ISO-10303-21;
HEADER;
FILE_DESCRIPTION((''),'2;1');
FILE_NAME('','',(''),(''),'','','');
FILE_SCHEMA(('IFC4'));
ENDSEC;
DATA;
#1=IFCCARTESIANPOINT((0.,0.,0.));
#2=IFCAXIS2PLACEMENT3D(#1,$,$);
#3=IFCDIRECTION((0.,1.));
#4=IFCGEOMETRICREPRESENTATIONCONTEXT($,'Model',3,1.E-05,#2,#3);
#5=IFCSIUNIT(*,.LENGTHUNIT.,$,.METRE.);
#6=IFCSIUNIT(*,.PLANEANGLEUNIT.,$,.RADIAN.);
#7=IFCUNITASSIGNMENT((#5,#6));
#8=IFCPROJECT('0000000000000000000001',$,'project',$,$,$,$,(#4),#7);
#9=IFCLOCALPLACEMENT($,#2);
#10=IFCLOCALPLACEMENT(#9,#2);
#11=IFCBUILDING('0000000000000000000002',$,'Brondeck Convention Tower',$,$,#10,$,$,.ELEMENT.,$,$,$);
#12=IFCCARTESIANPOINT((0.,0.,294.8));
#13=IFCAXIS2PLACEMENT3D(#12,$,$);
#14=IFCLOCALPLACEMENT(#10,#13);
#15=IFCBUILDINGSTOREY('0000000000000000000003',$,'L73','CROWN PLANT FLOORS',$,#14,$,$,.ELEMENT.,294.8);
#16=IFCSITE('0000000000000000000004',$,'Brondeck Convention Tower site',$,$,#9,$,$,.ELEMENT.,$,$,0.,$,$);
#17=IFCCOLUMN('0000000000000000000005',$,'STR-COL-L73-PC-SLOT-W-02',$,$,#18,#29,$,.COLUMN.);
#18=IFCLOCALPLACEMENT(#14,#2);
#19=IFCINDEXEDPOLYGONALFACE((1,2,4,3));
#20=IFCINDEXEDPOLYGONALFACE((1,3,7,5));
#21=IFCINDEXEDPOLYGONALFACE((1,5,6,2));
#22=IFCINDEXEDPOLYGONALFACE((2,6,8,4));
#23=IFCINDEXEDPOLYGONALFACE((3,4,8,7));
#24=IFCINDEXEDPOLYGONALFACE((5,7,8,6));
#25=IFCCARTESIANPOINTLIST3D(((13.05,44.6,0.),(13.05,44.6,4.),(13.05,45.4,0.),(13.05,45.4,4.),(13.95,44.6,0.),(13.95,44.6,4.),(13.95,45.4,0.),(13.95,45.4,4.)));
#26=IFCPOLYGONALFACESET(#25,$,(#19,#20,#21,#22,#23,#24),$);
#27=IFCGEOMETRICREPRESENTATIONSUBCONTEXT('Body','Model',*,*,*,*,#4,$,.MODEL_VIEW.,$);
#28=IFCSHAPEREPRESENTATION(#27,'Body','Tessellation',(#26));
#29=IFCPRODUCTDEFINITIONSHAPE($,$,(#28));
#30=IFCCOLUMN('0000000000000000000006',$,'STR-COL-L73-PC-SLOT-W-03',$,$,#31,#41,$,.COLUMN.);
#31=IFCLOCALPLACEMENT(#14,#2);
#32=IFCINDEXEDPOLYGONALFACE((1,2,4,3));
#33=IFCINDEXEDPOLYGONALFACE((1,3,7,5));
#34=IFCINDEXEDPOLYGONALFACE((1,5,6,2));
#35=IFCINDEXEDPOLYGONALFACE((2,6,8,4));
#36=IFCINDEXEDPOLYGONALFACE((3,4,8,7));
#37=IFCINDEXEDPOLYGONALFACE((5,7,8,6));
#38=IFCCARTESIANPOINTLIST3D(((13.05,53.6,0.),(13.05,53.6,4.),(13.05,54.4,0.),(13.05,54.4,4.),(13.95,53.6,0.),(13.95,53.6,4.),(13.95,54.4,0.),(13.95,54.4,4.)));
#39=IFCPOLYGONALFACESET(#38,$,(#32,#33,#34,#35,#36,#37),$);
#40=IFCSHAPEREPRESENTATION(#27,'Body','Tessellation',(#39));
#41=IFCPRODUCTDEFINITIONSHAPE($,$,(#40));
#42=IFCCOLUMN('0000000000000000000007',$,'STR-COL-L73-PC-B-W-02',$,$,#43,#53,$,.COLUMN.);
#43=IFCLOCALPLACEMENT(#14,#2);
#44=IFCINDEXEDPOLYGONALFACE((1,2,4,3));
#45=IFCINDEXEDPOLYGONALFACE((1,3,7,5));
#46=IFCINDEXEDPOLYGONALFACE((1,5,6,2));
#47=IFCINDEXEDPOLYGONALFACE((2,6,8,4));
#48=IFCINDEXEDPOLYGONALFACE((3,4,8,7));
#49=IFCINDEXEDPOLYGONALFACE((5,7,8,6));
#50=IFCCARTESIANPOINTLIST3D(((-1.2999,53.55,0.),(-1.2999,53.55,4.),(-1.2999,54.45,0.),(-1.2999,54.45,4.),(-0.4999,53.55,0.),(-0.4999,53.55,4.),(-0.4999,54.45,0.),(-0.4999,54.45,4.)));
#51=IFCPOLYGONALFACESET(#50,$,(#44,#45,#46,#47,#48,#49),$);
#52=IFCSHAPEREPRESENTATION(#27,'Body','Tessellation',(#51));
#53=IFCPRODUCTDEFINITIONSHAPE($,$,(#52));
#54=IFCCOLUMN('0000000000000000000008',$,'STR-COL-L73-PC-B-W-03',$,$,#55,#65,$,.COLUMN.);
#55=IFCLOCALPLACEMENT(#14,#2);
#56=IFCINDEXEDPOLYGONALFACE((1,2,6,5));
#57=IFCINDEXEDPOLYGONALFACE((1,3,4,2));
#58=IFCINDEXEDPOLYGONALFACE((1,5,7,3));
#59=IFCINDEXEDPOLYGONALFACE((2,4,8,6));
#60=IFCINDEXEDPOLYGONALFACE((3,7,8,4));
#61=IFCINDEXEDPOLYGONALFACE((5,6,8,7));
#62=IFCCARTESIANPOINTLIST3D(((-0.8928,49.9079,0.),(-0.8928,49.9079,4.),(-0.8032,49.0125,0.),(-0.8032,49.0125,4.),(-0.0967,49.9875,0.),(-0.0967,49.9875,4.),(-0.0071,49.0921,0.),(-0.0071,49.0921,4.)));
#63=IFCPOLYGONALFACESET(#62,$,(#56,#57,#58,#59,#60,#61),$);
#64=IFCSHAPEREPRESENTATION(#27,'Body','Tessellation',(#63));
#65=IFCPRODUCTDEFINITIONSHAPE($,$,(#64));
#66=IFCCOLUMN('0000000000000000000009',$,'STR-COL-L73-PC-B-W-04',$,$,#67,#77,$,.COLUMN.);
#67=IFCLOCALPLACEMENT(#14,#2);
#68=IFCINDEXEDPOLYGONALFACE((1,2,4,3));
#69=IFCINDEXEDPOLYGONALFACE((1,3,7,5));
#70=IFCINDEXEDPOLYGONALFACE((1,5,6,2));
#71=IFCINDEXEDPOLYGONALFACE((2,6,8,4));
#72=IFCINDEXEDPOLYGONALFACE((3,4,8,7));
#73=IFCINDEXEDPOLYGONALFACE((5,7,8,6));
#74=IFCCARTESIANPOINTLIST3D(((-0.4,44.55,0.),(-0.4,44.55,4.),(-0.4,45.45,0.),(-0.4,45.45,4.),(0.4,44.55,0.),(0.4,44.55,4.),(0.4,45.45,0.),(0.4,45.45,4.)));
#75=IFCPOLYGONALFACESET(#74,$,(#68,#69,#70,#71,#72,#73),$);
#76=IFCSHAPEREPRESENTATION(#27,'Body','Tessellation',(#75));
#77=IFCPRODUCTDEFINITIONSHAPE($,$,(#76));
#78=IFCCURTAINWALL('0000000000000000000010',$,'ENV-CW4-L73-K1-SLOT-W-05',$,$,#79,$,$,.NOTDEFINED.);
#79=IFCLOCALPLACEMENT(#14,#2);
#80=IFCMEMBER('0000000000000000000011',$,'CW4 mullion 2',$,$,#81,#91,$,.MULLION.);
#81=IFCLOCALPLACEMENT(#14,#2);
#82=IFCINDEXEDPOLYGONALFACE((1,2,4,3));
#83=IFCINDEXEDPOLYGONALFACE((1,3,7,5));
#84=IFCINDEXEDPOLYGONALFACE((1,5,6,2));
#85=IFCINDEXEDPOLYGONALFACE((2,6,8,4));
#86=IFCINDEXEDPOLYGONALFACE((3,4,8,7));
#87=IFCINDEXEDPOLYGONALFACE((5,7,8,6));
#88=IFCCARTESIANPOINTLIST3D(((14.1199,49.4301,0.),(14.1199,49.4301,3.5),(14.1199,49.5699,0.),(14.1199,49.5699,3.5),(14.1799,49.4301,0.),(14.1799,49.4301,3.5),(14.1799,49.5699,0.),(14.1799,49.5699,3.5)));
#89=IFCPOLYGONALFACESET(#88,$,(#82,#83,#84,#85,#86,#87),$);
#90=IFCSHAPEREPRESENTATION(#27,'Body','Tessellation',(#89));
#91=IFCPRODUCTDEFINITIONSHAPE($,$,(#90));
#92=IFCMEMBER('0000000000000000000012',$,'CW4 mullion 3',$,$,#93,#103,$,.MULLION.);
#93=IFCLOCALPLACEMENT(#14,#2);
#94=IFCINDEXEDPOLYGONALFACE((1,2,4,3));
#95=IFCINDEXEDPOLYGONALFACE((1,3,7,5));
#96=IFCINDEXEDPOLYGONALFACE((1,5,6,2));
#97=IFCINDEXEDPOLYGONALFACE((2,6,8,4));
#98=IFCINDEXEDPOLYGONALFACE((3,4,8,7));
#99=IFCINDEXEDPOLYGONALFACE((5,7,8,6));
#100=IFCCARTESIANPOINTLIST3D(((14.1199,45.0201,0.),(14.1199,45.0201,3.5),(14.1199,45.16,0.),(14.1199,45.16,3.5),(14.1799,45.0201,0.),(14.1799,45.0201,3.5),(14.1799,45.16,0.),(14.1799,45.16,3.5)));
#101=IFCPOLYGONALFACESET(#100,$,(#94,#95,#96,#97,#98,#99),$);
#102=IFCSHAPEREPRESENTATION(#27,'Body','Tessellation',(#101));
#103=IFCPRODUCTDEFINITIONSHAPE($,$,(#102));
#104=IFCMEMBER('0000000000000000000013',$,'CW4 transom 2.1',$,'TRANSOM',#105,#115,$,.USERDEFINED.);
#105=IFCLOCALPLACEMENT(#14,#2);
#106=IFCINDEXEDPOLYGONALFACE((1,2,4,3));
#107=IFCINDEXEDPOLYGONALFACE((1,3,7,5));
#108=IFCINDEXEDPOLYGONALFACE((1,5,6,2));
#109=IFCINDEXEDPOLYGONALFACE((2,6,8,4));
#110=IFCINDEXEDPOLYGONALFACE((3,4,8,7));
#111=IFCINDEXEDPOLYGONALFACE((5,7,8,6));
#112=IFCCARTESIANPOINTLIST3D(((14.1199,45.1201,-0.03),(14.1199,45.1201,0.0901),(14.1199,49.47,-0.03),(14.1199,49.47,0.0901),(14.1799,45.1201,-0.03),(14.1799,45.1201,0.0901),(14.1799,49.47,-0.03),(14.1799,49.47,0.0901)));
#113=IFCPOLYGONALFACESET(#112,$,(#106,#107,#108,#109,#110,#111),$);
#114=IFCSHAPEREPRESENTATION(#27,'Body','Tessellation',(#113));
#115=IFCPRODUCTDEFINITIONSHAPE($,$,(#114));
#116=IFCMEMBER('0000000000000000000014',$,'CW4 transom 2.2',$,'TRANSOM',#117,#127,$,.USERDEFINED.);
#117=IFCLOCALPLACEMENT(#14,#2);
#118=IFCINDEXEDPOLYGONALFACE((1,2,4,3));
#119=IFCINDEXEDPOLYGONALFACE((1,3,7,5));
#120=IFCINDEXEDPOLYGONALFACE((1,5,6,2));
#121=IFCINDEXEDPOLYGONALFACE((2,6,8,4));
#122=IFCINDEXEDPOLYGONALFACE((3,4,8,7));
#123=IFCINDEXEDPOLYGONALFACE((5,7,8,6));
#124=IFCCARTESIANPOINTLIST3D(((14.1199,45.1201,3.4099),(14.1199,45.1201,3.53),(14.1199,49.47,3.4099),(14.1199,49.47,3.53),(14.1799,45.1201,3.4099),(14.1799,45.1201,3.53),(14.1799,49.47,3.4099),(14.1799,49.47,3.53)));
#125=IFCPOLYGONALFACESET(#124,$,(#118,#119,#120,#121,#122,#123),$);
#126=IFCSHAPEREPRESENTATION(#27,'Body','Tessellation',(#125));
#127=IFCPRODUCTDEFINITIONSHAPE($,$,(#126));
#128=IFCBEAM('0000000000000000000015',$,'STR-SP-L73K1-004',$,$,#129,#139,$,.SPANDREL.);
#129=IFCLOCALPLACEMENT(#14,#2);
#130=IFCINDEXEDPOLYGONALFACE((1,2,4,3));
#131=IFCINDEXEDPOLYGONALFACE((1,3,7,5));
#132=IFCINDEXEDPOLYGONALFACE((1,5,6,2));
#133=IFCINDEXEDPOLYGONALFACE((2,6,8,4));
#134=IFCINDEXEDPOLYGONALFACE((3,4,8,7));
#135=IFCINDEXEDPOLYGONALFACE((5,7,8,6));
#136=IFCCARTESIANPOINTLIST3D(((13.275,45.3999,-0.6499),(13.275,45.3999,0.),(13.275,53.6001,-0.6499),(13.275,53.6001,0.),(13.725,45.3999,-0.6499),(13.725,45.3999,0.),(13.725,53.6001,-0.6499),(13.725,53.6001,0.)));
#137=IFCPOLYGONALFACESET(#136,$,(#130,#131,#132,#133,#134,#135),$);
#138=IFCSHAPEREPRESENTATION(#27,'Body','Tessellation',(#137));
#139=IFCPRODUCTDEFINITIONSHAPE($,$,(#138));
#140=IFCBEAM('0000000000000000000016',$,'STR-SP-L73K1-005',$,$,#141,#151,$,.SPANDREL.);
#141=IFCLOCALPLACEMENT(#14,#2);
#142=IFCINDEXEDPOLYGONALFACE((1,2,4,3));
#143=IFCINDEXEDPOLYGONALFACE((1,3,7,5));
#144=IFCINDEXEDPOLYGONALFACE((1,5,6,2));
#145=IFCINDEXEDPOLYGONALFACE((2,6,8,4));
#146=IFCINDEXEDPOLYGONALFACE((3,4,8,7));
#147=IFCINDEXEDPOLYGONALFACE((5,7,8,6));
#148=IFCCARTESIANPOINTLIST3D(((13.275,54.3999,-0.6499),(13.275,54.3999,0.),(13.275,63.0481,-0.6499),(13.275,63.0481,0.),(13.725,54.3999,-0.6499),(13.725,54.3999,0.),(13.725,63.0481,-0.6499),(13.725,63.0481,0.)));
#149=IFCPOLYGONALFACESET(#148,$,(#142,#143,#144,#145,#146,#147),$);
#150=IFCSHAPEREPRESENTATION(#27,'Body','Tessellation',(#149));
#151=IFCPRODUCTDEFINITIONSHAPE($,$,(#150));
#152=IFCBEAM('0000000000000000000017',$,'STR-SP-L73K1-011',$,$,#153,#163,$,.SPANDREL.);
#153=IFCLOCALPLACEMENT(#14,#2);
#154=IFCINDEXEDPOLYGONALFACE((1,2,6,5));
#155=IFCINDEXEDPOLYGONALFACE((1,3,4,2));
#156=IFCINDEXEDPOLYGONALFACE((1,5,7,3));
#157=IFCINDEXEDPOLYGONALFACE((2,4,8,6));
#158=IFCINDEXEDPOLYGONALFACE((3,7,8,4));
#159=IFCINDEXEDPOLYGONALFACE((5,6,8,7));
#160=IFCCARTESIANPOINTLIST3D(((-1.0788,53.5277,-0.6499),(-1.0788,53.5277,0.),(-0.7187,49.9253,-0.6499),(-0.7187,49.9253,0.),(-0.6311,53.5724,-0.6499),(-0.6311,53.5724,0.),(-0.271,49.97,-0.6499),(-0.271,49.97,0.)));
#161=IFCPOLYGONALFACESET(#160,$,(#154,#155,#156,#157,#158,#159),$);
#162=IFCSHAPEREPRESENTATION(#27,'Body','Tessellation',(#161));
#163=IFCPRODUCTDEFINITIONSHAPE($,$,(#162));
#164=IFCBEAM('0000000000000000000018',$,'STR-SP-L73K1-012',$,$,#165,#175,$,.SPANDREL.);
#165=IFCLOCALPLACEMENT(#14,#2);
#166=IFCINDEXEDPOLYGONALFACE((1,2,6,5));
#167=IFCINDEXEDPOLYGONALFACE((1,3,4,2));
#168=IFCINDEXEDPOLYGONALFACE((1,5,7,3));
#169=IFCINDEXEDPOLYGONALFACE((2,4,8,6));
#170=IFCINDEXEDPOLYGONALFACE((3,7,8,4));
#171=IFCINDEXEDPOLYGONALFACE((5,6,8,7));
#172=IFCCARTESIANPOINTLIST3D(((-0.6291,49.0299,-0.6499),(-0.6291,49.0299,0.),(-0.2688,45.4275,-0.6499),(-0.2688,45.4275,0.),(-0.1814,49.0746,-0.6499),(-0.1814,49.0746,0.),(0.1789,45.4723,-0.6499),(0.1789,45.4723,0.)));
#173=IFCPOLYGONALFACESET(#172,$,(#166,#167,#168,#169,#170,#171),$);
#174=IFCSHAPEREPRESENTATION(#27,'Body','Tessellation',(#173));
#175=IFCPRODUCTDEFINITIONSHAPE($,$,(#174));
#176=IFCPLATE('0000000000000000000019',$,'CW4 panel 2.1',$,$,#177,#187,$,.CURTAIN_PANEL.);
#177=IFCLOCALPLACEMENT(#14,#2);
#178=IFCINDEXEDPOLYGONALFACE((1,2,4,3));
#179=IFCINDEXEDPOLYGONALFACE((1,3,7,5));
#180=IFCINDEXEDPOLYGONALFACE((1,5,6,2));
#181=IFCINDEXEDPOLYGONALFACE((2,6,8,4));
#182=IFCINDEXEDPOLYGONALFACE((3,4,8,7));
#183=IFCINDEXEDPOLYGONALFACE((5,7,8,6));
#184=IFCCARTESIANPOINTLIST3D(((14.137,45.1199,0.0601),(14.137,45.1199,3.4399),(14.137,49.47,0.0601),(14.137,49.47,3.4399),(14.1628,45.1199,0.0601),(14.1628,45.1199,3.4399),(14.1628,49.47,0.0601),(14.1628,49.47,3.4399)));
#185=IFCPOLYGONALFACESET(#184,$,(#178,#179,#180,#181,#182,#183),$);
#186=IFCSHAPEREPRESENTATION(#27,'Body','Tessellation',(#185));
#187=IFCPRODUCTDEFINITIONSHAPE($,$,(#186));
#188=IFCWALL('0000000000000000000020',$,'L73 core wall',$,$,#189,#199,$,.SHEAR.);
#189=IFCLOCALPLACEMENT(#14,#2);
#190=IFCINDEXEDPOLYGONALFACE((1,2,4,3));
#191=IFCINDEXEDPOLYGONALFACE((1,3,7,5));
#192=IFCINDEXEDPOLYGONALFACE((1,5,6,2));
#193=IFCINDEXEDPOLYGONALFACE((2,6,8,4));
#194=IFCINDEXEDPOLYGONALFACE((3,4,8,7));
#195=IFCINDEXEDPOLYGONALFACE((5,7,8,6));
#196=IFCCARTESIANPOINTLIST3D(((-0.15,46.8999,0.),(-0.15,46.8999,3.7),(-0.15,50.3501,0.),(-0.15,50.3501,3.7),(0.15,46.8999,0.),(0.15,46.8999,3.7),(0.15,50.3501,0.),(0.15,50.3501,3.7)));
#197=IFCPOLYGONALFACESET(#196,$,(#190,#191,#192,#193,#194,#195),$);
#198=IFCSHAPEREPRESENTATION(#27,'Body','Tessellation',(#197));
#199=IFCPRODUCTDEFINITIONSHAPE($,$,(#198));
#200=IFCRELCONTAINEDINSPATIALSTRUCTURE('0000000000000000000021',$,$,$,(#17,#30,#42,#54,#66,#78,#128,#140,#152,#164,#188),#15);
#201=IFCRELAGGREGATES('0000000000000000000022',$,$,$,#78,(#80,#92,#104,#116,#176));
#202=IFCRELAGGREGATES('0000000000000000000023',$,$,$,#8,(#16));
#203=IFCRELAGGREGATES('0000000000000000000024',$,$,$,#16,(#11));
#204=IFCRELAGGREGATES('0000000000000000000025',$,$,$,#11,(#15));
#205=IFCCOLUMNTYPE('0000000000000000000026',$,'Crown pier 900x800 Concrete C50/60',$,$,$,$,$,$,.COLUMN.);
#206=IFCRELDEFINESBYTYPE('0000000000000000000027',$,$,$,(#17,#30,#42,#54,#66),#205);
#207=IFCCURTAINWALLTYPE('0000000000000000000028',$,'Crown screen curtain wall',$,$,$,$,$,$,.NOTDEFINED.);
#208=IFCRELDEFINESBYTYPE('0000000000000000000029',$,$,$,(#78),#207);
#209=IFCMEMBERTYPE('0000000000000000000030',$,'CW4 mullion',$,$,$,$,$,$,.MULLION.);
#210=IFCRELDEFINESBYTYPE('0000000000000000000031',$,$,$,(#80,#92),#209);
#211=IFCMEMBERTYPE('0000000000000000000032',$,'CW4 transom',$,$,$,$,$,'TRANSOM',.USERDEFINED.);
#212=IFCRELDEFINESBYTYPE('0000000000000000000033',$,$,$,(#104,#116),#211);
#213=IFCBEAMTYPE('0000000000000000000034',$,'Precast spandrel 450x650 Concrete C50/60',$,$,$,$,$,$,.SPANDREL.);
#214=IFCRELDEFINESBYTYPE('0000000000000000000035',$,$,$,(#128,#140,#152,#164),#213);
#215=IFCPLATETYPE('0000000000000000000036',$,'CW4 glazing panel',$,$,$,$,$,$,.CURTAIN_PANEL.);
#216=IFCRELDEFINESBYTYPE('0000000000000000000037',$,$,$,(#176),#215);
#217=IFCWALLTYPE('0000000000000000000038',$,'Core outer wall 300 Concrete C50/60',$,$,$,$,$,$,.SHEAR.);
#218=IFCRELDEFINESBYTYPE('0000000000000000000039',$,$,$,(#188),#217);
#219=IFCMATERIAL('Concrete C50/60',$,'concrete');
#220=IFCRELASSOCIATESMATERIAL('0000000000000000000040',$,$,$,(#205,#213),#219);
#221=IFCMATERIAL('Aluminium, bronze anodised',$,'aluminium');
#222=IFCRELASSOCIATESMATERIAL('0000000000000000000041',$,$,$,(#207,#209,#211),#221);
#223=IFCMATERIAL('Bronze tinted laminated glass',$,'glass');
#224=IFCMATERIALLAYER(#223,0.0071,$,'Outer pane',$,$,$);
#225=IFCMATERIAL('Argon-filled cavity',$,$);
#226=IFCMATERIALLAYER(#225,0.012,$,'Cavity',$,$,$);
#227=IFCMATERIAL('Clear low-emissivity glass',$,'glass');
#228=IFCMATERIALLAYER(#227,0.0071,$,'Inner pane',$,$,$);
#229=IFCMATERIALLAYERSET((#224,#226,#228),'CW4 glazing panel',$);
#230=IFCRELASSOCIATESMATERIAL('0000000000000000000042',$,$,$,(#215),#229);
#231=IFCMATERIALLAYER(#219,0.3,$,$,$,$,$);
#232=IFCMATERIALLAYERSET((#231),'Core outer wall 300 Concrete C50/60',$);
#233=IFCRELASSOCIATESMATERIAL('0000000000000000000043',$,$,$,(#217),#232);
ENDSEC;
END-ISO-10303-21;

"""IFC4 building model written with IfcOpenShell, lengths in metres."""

from ifc_helpers import new_model, si_unit, direction, frame, frame_2d, origin, origin_2d, place, context, subcontext, project, spatial, rectangle, extrude, material, layer, layer_set, material_profile, profile_set, type_object, element, aggregate, save


model = new_model("IFC4")

# Units and contexts
model_context = context("Model", 3, precision=1e-05, world=origin(), true_north=direction((0.0, 1.0)))
body_context = subcontext(model_context, "Body", "Model", "MODEL_VIEW")
ifc_project = project(units=[si_unit("LENGTHUNIT", "METRE"), si_unit("PLANEANGLEUNIT", "RADIAN")], contexts=[model_context])

# Site, building, storey
site_placement = place(None, origin())
site = spatial("IfcSite", under=ifc_project, at=site_placement, Name="Brondeck Convention Tower site", CompositionType="ELEMENT", RefElevation=0.0)
building_placement = place(site_placement, origin())
building = spatial("IfcBuilding", under=site, at=building_placement, Name="Brondeck Convention Tower", CompositionType="ELEMENT")
storey_placement = place(building_placement, frame((0.0, 0.0, 294.8)))
storey = spatial("IfcBuildingStorey", under=building, at=storey_placement, Name="L73", Description="CROWN PLANT FLOORS", CompositionType="ELEMENT", Elevation=294.8)

# Columns
ifc_material_1 = material(Name="Concrete C50/60", Category="concrete")
ifc_material_profile_1 = material_profile(ifc_material_1, rectangle(XDim=0.8999, YDim=0.8, at=origin_2d()), Name="Crown pier 900x800 Concrete C50/60")
ifc_profile_set_1 = profile_set([ifc_material_profile_1], Name="Concrete C50/60")
column_type = type_object("IfcColumnType", Name="Crown pier 900x800 Concrete C50/60", PredefinedType="COLUMN", material=ifc_profile_set_1)
for number, where, z_axis, x_axis, name in (
    (1, (13.5, 45.0, 0.0), (0.0, 0.0, 1.0), (1.0, 0.0, 0.0), "STR-COL-L73-PC-SLOT-W-02"),
    (2, (13.5, 54.0, 0.0), (0.0, 0.0, 1.0), (1.0, 0.0, 0.0), "STR-COL-L73-PC-SLOT-W-03"),
    (3, (-0.8999, 54.0, 0.0), (0.0, 0.0, 1.0), (0.0, -1.0, 0.0), "STR-COL-L73-PC-B-W-02"),
    (4, (-0.45, 49.5, 0.0), (0.0, 0.0, 1.0), (0.099504, -0.995037, 0.0), "STR-COL-L73-PC-B-W-03"),
    (5, (0.0, 45.0, 0.0), (0.0, 0.0, 1.0), (0.0, -1.0, 0.0), "STR-COL-L73-PC-B-W-04"),
):
    element("IfcColumn", number, at=place(storey_placement, frame(where, z_axis=z_axis, x_axis=x_axis)), inside=storey, type_object=column_type, Name=name, PredefinedType="COLUMN", context=body_context, shape_type="SweptSolid", body=[
        extrude(rectangle(XDim=0.8999, YDim=0.8, at=origin_2d()), origin(), (0.0, 0.0, 1.0), 4.0),
    ])

# Curtain wall, members
ifc_material_2 = material(Name="Aluminium, bronze anodised", Category="aluminium")
curtain_wall_type = type_object("IfcCurtainWallType", Name="Crown screen curtain wall", PredefinedType="NOTDEFINED", material=ifc_material_2)
curtain_wall_placement = place(storey_placement, origin())
curtain_wall = element("IfcCurtainWall", 6, at=curtain_wall_placement, inside=storey, type_object=curtain_wall_type, Name="ENV-CW4-L73-K1-SLOT-W-05", PredefinedType="NOTDEFINED")
ifc_material_profile_2 = material_profile(ifc_material_2, rectangle(XDim=0.0601, YDim=0.1399, at=origin_2d()), Name="CW4 mullion")
ifc_profile_set_2 = profile_set([ifc_material_profile_2], Name="Aluminium, bronze anodised")
member_type_1 = type_object("IfcMemberType", Name="CW4 mullion", PredefinedType="MULLION", material=ifc_profile_set_2)
member_1_placement = place(storey_placement, frame((14.1499, 49.5, 0.0), z_axis=(0.0, 0.0, 1.0), x_axis=(1.0, 0.0, 0.0)))
member_1 = element("IfcMember", 7, at=member_1_placement, type_object=member_type_1, Name="CW4 mullion 2", PredefinedType="MULLION", context=body_context, shape_type="SweptSolid", body=[
    extrude(rectangle(XDim=0.0601, YDim=0.1399, at=origin_2d()), origin(), (0.0, 0.0, 1.0), 3.5),
])
member_2_placement = place(storey_placement, frame((14.1499, 45.0901, 0.0), z_axis=(0.0, 0.0, 1.0), x_axis=(1.0, 0.0, 0.0)))
member_2 = element("IfcMember", 8, at=member_2_placement, type_object=member_type_1, Name="CW4 mullion 3", PredefinedType="MULLION", context=body_context, shape_type="SweptSolid", body=[
    extrude(rectangle(XDim=0.0601, YDim=0.1399, at=origin_2d()), origin(), (0.0, 0.0, 1.0), 3.5),
])
ifc_material_profile_3 = material_profile(ifc_material_2, rectangle(XDim=0.0601, YDim=0.1201, at=origin_2d()), Name="CW4 transom")
ifc_profile_set_3 = profile_set([ifc_material_profile_3], Name="Aluminium, bronze anodised")
member_type_2 = type_object("IfcMemberType", Name="CW4 transom", ElementType="TRANSOM", PredefinedType="USERDEFINED", material=ifc_profile_set_3)
member_3_placement = place(storey_placement, frame((14.1499, 49.47, 0.03), z_axis=(0.0, -1.0, 0.0), x_axis=(1.0, 0.0, 0.0)))
member_3 = element("IfcMember", 9, at=member_3_placement, type_object=member_type_2, Name="CW4 transom 2.1", ObjectType="TRANSOM", PredefinedType="USERDEFINED", context=body_context, shape_type="SweptSolid", body=[
    extrude(rectangle(XDim=0.0601, YDim=0.1201, at=origin_2d()), origin(), (0.0, 0.0, 1.0), 4.3499),
])
member_4_placement = place(storey_placement, frame((14.1499, 49.47, 3.47), z_axis=(0.0, -1.0, 0.0), x_axis=(1.0, 0.0, 0.0)))
member_4 = element("IfcMember", 10, at=member_4_placement, type_object=member_type_2, Name="CW4 transom 2.2", ObjectType="TRANSOM", PredefinedType="USERDEFINED", context=body_context, shape_type="SweptSolid", body=[
    extrude(rectangle(XDim=0.0601, YDim=0.1201, at=origin_2d()), origin(), (0.0, 0.0, 1.0), 4.3499),
])

# Beams
ifc_material_profile_4 = material_profile(ifc_material_1, rectangle(XDim=0.45, YDim=0.6499, at=origin_2d()), Name="Precast spandrel 450x650 Concrete C50/60")
ifc_profile_set_4 = profile_set([ifc_material_profile_4], Name="Concrete C50/60")
beam_type = type_object("IfcBeamType", Name="Precast spandrel 450x650 Concrete C50/60", PredefinedType="SPANDREL", material=ifc_profile_set_4)
beam_1_placement = place(storey_placement, frame((13.5, 45.3999, -0.325), z_axis=(0.0, 1.0, 0.0), x_axis=(-1.0, 0.0, 0.0)))
element("IfcBeam", 11, at=beam_1_placement, inside=storey, type_object=beam_type, Name="STR-SP-L73K1-004", PredefinedType="SPANDREL", context=body_context, shape_type="SweptSolid", body=[
    extrude(rectangle(XDim=0.45, YDim=0.6499, at=origin_2d()), origin(), (0.0, 0.0, 1.0), 8.2002),
])
beam_2_placement = place(storey_placement, frame((13.5, 54.3999, -0.325), z_axis=(0.0, 1.0, 0.0), x_axis=(-1.0, 0.0, 0.0)))
element("IfcBeam", 12, at=beam_2_placement, inside=storey, type_object=beam_type, Name="STR-SP-L73K1-005", PredefinedType="SPANDREL", context=body_context, shape_type="SweptSolid", body=[
    extrude(rectangle(XDim=0.45, YDim=0.6499, at=origin_2d()), origin(), (0.0, 0.0, 1.0), 8.6482),
])
for number, where, z_axis, x_axis, name in (
    (13, (-0.855, 53.55, -0.325), (0.09947, -0.995041, 0.0), (0.995041, 0.09947, 0.0), "STR-SP-L73K1-011"),
    (14, (-0.4053, 49.0522, -0.325), (0.099537, -0.995034, 0.0), (0.995034, 0.099537, 0.0), "STR-SP-L73K1-012"),
):
    element("IfcBeam", number, at=place(storey_placement, frame(where, z_axis=z_axis, x_axis=x_axis)), inside=storey, type_object=beam_type, Name=name, PredefinedType="SPANDREL", context=body_context, shape_type="SweptSolid", body=[
        extrude(rectangle(XDim=0.45, YDim=0.6499, at=origin_2d()), origin(), (0.0, 0.0, 1.0), 3.6204),
    ])

# Plate
ifc_material_3 = material(Name="Bronze tinted laminated glass", Category="glass")
ifc_layer_1 = layer(ifc_material_3, 0.0071, Name="Outer pane")
ifc_material_4 = material(Name="Argon-filled cavity")
ifc_layer_2 = layer(ifc_material_4, 0.012, Name="Cavity")
ifc_material_5 = material(Name="Clear low-emissivity glass", Category="glass")
ifc_layer_3 = layer(ifc_material_5, 0.0071, Name="Inner pane")
ifc_layer_set_1 = layer_set([ifc_layer_1, ifc_layer_2, ifc_layer_3], Name="CW4 glazing panel")
plate_type = type_object("IfcPlateType", Name="CW4 glazing panel", PredefinedType="CURTAIN_PANEL", material=ifc_layer_set_1)
plate_placement = place(storey_placement, frame((14.1499, 47.2949, 0.0601), z_axis=(0.0, 0.0, 1.0), x_axis=(0.0, -1.0, 0.0)))
plate = element("IfcPlate", 15, at=plate_placement, type_object=plate_type, Name="CW4 panel 2.1", PredefinedType="CURTAIN_PANEL", context=body_context, shape_type="SweptSolid", body=[
    extrude(rectangle(XDim=4.3501, YDim=0.0259, at=origin_2d()), origin(), (0.0, 0.0, 1.0), 3.3799),
])
aggregate(curtain_wall, [member_1, member_2, member_3, member_4, plate])

# Wall
ifc_layer_4 = layer(ifc_material_1, 0.3)
ifc_layer_set_2 = layer_set([ifc_layer_4], Name="Core outer wall 300 Concrete C50/60")
wall_type_1 = type_object("IfcWallType", Name="Core outer wall 300 Concrete C50/60", PredefinedType="SHEAR", material=ifc_layer_set_2)
wall_1_placement = place(storey_placement, frame((0.0, 46.8999, 0.0), z_axis=(0.0, 0.0, 1.0), x_axis=(0.0, 1.0, 0.0)))
element("IfcWall", 16, at=wall_1_placement, inside=storey, type_object=wall_type_1, Name="L73 core wall", PredefinedType="SHEAR", context=body_context, shape_type="SweptSolid", body=[
    extrude(rectangle(XDim=3.4502, YDim=0.3, at=frame_2d((1.7251, 0.0))), origin(), (0.0, 0.0, 1.0), 3.7),
])

save(model, "model.ifc")
